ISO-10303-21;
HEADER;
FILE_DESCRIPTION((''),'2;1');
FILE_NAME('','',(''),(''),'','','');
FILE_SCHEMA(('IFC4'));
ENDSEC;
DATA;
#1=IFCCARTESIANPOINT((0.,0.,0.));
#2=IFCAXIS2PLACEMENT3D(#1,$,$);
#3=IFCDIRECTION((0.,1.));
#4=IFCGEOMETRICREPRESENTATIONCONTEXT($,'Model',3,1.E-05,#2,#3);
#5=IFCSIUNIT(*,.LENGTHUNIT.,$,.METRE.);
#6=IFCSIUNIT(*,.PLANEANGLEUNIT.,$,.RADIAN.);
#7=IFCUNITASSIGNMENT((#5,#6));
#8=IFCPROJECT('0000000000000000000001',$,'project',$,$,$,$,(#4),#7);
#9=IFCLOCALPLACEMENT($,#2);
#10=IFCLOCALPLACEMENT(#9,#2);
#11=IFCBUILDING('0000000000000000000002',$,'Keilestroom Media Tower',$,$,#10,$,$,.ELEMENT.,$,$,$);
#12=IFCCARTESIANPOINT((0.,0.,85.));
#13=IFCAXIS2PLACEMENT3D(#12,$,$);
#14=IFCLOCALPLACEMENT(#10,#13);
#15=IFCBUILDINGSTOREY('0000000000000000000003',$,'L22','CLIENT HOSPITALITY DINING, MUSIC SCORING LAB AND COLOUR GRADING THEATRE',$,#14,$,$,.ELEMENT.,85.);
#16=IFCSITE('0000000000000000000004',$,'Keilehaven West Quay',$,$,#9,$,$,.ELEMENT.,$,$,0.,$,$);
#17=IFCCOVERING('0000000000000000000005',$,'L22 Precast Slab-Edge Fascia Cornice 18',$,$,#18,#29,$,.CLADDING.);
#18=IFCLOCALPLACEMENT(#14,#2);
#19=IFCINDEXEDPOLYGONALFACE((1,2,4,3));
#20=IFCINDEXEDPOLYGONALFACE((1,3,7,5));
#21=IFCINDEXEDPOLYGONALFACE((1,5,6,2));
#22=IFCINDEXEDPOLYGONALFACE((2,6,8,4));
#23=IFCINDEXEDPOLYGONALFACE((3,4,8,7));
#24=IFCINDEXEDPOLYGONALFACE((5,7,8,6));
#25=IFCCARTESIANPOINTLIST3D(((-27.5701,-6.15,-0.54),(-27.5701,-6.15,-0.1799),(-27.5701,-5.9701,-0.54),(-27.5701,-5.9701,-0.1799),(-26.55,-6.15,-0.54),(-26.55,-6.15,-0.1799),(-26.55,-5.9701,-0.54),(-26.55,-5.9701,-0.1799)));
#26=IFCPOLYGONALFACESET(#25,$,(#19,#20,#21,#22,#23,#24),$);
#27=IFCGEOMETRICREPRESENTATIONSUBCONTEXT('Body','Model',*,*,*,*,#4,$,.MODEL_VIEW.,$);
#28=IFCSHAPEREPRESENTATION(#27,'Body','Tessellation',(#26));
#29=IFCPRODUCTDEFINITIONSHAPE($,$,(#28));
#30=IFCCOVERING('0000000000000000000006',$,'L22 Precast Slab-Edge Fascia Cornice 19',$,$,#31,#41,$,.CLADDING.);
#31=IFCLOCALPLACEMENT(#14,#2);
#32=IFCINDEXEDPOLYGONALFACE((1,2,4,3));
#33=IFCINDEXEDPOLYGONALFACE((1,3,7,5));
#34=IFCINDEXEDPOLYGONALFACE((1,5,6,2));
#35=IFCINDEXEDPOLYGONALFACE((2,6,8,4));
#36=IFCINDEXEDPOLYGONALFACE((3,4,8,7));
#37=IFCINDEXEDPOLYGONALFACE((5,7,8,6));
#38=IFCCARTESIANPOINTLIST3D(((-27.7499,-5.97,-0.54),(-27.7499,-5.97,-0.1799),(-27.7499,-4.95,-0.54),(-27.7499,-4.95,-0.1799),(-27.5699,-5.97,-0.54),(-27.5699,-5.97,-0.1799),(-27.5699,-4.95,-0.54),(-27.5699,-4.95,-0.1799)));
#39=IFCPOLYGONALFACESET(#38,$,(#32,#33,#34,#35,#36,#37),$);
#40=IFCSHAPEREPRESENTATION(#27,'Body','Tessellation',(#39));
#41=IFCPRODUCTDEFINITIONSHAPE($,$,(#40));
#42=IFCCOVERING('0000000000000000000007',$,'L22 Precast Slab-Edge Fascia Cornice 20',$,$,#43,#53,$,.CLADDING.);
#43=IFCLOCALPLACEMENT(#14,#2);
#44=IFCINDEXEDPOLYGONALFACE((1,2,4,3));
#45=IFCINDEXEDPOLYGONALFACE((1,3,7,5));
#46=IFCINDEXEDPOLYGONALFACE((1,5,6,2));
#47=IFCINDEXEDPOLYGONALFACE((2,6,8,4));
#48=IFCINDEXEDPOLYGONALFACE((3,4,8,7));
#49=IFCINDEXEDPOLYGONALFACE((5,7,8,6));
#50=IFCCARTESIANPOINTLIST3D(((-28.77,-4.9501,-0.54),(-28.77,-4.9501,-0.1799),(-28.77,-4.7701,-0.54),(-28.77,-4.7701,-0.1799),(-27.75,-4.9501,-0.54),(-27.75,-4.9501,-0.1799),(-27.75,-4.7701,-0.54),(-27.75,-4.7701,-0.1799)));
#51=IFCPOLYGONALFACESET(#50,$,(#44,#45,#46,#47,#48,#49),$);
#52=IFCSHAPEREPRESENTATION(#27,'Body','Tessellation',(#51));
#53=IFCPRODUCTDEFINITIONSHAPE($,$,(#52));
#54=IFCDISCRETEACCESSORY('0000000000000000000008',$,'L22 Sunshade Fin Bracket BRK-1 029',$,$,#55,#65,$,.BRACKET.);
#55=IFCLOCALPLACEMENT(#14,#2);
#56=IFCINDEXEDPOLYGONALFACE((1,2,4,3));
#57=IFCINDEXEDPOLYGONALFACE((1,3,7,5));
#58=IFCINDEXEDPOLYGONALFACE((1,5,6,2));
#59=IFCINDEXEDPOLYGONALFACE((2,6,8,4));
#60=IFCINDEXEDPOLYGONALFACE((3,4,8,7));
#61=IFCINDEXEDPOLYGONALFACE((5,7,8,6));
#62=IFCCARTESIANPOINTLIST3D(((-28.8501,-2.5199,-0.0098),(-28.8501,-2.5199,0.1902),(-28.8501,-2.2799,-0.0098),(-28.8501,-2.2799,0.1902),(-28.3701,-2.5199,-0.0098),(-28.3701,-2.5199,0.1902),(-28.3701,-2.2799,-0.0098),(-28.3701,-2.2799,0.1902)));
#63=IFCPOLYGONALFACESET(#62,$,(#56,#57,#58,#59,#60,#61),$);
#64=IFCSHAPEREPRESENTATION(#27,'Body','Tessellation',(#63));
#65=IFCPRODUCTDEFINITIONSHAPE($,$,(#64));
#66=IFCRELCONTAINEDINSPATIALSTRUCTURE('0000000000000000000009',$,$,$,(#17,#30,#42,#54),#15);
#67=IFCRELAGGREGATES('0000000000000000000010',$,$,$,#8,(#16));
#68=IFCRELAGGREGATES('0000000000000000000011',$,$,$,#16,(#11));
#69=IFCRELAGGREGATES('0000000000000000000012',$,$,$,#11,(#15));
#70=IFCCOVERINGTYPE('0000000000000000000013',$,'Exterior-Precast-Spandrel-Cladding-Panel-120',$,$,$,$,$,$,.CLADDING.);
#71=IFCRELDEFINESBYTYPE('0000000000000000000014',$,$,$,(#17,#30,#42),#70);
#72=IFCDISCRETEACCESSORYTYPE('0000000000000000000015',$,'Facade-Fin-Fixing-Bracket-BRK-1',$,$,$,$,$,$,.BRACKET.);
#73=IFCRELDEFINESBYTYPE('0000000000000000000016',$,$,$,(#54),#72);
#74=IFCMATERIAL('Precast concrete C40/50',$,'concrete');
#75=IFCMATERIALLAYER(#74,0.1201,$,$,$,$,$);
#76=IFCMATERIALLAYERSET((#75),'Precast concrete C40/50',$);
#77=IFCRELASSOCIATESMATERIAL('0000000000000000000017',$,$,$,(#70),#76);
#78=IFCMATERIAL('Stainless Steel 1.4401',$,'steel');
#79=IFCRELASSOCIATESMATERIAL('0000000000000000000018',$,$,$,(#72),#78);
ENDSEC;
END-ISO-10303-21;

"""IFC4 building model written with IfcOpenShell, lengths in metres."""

from ifc_helpers import new_model, si_unit, direction, frame, origin, origin_2d, place, context, subcontext, project, spatial, rectangle, extrude, source, transform, mapped, material, layer, layer_set, type_object, element, save


model = new_model("IFC4")

# Units and contexts
model_context = context("Model", 3, precision=1e-05, world=origin(), true_north=direction((0.0, 1.0)))
body_context = subcontext(model_context, "Body", "Model", "MODEL_VIEW")
ifc_project = project(units=[si_unit("LENGTHUNIT", "METRE"), si_unit("PLANEANGLEUNIT", "RADIAN")], contexts=[model_context])

# Site, building, storey
site_placement = place(None, origin())
site = spatial("IfcSite", under=ifc_project, at=site_placement, Name="Keilehaven West Quay", CompositionType="ELEMENT", RefElevation=0.0)
building_placement = place(site_placement, origin())
building = spatial("IfcBuilding", under=site, at=building_placement, Name="Keilestroom Media Tower", CompositionType="ELEMENT")
storey_placement = place(building_placement, frame((0.0, 0.0, 85.0)))
storey = spatial("IfcBuildingStorey", under=building, at=storey_placement, Name="L22", Description="CLIENT HOSPITALITY DINING, MUSIC SCORING LAB AND COLOUR GRADING THEATRE", CompositionType="ELEMENT", Elevation=85.0)

# Shared definitions
ifc_material_1 = material(Name="Precast concrete C40/50", Category="concrete")

# Coverings
ifc_layer_1 = layer(ifc_material_1, 0.1201)
ifc_layer_set_1 = layer_set([ifc_layer_1], Name="Precast concrete C40/50")
covering_type = type_object("IfcCoveringType", Name="Exterior-Precast-Spandrel-Cladding-Panel-120", PredefinedType="CLADDING", material=ifc_layer_set_1)
shared_shape_1 = source(origin(), body_context, "Body", "SweptSolid", [
    extrude(rectangle(XDim=1.02, YDim=0.1799, at=origin_2d()), origin(), (0.0, 0.0, 1.0), 0.3601),
])
for number, where, z_axis, x_axis, name in (
    (1, (-27.0601, -6.0601, -0.54), (0.0, 0.0, 1.0), (-1.0, 0.0, 0.0), "L22 Precast Slab-Edge Fascia Cornice 18"),
    (2, (-27.6599, -5.46, -0.54), (0.0, 0.0, 1.0), (0.0, 1.0, 0.0), "L22 Precast Slab-Edge Fascia Cornice 19"),
    (3, (-28.26, -4.8601, -0.54), (0.0, 0.0, 1.0), (-1.0, 0.0, 0.0), "L22 Precast Slab-Edge Fascia Cornice 20"),
):
    element("IfcCovering", number, at=place(storey_placement, frame(where, z_axis=z_axis, x_axis=x_axis)), inside=storey, type_object=covering_type, Name=name, PredefinedType="CLADDING", context=body_context, shape_type="MappedRepresentation", body=[
        mapped(shared_shape_1, transform((0.0, 0.0, 0.0), x_axis=(1.0, 0.0, 0.0), y_axis=(0.0, 1.0, 0.0), z_axis=(0.0, 0.0, 1.0), scale=1.0)),
    ])

# Discrete accessory
ifc_material_2 = material(Name="Stainless Steel 1.4401", Category="steel")
discrete_accessory_type = type_object("IfcDiscreteAccessoryType", Name="Facade-Fin-Fixing-Bracket-BRK-1", PredefinedType="BRACKET", material=ifc_material_2)
shared_shape_2 = source(origin(), body_context, "Body", "SweptSolid", [
    extrude(rectangle(XDim=0.48, YDim=0.24, at=origin_2d()), origin(), (0.0, 0.0, 1.0), 0.2),
])
discrete_accessory_placement = place(storey_placement, frame((-28.6101, -2.3999, -0.0098), z_axis=(0.0, 0.0, 1.0), x_axis=(1.0, 0.0, 0.0)))
element("IfcDiscreteAccessory", 4, at=discrete_accessory_placement, inside=storey, type_object=discrete_accessory_type, Name="L22 Sunshade Fin Bracket BRK-1 029", PredefinedType="BRACKET", context=body_context, shape_type="MappedRepresentation", body=[
    mapped(shared_shape_2, transform((0.0, 0.0, 0.0), x_axis=(1.0, 0.0, 0.0), y_axis=(0.0, 1.0, 0.0), z_axis=(0.0, 0.0, 1.0), scale=1.0)),
])

save(model, "model.ifc")
